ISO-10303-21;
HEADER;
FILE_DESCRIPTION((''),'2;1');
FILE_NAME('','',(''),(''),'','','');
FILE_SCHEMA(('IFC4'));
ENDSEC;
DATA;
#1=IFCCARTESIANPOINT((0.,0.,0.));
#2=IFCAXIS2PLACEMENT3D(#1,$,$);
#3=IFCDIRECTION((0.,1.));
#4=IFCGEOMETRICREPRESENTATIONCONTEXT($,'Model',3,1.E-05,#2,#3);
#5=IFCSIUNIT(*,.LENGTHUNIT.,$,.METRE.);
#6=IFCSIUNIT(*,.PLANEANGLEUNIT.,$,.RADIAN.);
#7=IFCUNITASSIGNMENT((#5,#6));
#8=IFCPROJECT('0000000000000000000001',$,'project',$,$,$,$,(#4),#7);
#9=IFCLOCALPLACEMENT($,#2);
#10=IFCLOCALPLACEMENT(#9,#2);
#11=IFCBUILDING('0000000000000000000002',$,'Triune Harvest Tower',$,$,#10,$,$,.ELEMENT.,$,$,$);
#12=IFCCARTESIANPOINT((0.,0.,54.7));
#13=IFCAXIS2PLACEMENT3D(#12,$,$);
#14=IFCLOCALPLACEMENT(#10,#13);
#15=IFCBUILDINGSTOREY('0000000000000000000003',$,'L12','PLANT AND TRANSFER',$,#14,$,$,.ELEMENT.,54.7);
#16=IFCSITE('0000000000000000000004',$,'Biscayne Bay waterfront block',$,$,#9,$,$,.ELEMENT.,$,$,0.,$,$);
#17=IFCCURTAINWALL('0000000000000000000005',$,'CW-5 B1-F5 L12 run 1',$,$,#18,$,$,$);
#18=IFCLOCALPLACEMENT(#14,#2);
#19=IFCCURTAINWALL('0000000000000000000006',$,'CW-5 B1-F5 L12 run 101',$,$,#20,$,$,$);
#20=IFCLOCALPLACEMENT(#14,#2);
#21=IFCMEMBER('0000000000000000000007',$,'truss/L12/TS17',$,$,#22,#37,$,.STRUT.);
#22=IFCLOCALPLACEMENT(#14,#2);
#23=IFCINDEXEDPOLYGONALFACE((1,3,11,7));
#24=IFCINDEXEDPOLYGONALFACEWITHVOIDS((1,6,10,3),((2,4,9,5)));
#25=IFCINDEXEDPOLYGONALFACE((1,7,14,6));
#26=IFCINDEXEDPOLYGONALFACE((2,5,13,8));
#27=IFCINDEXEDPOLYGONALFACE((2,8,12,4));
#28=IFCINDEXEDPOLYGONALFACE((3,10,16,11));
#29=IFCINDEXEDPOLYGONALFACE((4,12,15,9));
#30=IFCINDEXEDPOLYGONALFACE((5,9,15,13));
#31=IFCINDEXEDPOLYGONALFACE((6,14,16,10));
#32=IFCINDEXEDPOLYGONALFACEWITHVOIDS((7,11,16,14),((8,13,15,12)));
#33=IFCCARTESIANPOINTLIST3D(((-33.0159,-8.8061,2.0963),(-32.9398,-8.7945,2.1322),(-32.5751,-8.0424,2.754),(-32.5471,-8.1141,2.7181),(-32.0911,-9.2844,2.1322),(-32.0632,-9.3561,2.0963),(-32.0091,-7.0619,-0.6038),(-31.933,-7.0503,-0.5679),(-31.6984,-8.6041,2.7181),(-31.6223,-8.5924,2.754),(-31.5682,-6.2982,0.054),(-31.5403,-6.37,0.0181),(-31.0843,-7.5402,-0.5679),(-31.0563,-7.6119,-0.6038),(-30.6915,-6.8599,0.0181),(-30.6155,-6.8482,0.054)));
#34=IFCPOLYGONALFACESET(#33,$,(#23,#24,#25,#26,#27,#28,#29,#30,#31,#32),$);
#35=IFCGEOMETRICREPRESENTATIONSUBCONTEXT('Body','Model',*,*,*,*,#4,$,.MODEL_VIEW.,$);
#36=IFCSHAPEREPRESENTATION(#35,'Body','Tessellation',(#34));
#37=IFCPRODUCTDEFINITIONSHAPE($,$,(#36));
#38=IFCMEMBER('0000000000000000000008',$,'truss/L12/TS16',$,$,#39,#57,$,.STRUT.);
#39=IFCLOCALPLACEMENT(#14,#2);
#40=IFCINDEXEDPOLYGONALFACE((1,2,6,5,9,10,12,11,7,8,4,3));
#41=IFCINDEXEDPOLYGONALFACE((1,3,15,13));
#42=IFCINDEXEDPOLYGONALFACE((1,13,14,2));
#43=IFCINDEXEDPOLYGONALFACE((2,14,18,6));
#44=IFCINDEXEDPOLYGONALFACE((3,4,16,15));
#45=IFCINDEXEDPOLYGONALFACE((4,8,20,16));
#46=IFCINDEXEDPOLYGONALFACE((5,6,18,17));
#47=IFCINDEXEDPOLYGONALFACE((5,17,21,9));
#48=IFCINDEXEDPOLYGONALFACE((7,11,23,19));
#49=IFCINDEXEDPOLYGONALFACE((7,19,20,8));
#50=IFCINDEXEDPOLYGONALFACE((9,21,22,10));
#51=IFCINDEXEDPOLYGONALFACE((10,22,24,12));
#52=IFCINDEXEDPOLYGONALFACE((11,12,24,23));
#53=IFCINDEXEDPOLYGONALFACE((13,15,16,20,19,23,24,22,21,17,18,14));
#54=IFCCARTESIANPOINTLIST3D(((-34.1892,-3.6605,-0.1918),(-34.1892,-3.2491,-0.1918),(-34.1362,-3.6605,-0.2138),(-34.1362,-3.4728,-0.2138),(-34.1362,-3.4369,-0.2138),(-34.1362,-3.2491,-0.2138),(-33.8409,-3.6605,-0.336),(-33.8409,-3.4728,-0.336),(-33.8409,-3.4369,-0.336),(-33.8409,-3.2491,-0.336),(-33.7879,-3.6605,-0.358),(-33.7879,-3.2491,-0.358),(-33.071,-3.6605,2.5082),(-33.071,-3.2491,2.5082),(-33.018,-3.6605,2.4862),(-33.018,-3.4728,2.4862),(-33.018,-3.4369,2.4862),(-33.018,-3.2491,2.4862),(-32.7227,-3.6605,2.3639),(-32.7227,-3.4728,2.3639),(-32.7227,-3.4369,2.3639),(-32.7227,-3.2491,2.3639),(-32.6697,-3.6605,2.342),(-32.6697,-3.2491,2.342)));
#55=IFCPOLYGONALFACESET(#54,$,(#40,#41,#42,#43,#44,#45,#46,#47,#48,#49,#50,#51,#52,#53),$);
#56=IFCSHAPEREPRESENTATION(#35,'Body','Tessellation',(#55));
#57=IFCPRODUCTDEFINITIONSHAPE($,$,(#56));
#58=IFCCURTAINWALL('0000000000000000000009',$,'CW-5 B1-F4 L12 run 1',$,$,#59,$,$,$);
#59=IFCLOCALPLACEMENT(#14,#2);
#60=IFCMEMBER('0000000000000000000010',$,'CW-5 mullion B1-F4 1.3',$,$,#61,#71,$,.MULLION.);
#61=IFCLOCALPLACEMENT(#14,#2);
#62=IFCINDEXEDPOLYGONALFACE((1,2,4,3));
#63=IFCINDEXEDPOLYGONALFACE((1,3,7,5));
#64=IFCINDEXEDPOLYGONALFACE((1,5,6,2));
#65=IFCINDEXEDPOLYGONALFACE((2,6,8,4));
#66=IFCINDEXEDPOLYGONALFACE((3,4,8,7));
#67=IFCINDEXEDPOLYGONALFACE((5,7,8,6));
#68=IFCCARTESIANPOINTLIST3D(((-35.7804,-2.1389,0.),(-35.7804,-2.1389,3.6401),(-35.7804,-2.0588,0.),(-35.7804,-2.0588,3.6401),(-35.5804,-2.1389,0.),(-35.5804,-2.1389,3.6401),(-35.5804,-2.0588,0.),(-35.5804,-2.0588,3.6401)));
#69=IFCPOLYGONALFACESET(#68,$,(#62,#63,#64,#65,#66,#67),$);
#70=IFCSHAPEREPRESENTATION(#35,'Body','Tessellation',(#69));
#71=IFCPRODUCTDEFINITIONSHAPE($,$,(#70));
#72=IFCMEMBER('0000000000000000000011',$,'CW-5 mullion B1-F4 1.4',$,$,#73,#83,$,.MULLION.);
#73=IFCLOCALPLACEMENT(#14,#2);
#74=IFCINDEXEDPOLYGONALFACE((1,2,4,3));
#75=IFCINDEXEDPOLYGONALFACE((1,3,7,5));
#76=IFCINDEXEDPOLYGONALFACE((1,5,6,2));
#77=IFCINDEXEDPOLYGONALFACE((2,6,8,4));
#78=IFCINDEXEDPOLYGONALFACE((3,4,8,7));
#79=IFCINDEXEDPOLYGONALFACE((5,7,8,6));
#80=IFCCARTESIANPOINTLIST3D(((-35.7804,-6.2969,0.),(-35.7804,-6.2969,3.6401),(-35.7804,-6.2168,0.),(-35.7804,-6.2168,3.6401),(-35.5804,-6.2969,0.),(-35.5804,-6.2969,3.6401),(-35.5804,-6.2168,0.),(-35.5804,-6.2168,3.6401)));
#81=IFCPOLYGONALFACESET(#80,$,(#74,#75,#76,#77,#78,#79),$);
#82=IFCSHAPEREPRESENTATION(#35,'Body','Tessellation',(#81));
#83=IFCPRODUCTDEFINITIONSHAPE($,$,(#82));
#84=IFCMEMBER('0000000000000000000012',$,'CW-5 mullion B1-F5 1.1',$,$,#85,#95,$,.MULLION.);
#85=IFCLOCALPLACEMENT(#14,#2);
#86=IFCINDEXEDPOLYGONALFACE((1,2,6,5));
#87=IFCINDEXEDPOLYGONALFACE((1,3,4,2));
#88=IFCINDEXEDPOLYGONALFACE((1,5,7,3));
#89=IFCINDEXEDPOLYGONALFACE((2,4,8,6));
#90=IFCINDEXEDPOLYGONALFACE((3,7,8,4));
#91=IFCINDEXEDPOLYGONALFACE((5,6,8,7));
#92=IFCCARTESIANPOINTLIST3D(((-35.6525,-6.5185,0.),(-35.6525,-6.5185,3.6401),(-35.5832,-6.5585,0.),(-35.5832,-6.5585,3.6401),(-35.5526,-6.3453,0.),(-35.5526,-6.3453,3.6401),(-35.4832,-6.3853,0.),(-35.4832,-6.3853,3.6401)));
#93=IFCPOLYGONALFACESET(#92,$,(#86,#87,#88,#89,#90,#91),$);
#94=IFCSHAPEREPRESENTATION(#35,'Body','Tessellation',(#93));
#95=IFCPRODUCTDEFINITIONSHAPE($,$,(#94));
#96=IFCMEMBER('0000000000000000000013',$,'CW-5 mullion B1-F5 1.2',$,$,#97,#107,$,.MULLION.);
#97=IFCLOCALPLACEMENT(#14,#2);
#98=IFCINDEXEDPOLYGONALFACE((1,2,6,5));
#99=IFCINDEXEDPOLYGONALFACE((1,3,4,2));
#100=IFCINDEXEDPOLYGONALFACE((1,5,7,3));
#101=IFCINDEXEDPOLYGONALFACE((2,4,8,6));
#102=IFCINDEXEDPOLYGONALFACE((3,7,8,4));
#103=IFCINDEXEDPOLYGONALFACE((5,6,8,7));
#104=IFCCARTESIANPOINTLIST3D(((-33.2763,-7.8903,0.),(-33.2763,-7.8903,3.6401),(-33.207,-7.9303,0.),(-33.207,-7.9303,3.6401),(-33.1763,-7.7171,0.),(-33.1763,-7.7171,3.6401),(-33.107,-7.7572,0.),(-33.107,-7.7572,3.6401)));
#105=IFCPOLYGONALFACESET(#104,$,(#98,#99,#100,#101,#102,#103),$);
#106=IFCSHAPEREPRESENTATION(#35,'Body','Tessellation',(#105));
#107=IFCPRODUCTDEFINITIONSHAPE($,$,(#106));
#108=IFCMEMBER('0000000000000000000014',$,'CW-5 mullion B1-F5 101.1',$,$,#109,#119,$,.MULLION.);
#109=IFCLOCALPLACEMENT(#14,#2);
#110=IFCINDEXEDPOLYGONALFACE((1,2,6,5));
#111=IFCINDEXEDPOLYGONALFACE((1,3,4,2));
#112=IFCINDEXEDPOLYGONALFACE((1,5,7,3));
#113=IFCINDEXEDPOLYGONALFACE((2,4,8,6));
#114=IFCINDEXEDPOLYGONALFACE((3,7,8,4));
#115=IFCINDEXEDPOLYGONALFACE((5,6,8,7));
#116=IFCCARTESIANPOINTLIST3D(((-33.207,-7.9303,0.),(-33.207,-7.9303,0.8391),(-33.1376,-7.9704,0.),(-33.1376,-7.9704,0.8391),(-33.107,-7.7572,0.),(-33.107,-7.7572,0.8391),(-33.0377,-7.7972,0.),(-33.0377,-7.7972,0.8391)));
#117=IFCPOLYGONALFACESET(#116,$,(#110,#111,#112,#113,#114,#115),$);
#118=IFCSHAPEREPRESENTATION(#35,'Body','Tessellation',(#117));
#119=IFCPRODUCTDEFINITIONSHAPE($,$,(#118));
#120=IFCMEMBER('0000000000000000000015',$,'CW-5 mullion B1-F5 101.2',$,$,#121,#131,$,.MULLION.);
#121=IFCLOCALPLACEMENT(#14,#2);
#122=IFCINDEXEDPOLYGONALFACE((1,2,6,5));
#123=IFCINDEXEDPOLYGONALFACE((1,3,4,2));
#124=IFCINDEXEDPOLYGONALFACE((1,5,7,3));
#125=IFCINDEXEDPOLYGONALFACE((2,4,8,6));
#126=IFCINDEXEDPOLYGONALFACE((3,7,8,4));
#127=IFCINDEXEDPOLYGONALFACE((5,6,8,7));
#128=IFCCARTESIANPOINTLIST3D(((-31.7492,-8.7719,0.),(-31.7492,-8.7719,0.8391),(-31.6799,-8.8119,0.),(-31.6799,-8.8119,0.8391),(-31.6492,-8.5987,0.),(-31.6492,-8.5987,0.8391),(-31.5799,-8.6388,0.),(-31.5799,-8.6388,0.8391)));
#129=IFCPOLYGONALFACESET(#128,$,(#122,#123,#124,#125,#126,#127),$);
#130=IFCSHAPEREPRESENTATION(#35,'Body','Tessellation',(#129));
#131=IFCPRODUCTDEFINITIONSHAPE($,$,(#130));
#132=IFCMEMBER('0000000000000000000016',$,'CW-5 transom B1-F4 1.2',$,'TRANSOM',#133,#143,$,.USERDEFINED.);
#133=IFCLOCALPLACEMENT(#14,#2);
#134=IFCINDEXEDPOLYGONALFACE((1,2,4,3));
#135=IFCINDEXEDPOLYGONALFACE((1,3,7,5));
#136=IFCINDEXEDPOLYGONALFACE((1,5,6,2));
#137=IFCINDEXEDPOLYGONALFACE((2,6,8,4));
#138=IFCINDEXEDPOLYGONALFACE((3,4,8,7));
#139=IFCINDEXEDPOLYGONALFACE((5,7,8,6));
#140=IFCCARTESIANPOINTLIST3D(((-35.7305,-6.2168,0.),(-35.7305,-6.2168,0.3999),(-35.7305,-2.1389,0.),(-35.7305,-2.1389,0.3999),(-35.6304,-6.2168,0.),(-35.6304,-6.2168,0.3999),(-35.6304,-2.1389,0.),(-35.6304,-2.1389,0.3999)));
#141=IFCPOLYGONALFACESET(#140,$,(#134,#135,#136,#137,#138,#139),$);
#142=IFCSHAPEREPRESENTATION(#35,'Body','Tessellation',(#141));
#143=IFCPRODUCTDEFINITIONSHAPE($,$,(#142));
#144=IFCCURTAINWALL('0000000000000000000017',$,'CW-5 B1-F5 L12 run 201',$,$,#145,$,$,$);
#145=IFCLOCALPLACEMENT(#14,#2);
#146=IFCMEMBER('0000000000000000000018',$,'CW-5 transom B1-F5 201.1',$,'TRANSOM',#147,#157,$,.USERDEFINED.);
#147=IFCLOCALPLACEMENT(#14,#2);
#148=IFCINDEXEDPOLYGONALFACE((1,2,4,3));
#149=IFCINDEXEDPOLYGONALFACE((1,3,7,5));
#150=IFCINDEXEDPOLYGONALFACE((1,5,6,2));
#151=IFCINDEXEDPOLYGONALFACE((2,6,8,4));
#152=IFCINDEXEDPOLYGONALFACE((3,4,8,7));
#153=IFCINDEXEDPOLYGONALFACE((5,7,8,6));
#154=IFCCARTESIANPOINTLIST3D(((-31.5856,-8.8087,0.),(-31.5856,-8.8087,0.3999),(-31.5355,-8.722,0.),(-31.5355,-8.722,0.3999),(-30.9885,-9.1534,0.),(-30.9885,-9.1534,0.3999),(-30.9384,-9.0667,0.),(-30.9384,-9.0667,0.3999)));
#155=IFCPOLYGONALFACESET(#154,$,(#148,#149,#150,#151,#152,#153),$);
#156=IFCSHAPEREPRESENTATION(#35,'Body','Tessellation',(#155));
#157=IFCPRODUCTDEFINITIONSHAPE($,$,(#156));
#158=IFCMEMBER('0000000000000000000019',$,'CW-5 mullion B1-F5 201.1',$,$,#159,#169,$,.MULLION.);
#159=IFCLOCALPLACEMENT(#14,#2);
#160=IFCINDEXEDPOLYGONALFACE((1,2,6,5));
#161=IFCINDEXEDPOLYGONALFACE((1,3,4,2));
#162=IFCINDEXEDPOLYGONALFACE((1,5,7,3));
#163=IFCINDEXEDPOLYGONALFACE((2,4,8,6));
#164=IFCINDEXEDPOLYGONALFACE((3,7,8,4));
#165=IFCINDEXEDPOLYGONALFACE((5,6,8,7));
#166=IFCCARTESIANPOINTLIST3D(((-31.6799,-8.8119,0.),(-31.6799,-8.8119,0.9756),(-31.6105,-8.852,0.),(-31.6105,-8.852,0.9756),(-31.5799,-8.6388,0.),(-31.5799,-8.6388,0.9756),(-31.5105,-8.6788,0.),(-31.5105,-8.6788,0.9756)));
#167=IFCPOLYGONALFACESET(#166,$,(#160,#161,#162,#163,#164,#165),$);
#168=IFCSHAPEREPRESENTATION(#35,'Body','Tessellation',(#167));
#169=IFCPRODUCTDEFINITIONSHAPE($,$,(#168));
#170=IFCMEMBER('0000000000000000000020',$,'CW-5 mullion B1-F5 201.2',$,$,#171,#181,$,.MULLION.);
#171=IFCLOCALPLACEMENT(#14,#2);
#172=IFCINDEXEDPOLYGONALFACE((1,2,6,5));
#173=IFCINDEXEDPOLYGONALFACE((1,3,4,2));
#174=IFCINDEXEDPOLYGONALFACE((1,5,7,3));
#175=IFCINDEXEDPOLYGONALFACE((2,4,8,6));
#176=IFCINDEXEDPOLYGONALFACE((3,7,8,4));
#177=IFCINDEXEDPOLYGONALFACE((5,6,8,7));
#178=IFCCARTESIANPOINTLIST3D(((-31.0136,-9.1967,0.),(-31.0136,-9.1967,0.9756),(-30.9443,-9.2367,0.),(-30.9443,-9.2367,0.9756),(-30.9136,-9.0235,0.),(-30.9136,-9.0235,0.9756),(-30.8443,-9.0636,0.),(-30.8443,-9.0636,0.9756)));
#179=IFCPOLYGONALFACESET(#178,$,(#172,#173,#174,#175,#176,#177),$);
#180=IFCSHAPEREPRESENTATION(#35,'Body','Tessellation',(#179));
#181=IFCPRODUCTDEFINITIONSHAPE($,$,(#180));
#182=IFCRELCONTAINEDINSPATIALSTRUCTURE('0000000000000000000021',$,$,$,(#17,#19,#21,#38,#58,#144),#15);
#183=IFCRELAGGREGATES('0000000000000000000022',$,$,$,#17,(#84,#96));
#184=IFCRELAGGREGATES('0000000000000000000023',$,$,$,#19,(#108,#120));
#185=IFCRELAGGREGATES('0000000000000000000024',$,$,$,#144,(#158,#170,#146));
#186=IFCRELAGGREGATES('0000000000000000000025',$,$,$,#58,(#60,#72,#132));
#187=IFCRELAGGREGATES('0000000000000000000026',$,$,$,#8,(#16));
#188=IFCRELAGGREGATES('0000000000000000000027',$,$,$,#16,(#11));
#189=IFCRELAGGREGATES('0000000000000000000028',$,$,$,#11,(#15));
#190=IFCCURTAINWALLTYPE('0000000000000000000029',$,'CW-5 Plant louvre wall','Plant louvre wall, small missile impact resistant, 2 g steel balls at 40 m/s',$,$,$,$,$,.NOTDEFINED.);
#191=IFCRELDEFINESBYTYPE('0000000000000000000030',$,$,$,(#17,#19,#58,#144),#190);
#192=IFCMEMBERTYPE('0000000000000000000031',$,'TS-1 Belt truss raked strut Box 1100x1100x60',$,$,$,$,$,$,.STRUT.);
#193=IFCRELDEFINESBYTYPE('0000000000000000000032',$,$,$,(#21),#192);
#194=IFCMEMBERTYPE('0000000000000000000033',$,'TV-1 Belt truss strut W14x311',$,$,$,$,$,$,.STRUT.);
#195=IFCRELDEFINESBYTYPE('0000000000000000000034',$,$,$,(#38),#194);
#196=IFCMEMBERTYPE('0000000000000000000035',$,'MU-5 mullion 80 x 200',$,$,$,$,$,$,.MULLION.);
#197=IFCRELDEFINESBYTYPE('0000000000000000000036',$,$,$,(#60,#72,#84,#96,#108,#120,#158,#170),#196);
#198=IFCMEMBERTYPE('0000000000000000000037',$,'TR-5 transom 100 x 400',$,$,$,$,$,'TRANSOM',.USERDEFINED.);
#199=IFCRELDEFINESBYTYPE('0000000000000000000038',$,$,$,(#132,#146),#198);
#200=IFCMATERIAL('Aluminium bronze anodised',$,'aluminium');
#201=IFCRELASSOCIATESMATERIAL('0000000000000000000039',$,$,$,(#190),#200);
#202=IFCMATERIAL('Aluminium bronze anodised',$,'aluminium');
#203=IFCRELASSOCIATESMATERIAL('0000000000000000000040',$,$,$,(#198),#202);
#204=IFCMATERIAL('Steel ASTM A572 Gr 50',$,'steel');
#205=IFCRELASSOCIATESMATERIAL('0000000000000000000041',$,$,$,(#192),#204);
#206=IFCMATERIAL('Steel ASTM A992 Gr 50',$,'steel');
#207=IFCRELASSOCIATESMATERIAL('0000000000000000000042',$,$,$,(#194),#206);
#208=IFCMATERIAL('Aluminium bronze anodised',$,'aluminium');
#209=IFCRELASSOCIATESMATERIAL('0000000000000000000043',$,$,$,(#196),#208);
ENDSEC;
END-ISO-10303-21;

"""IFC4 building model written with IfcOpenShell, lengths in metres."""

from ifc_helpers import new_model, si_unit, direction, frame, origin, origin_2d, place, context, subcontext, project, spatial, rectangle, hollow_rectangle, i_section, extrude, source, transform, mapped, material, material_profile, profile_set, type_object, element, aggregate, save


model = new_model("IFC4")

# Units and contexts
model_context = context("Model", 3, precision=1e-05, world=origin(), true_north=direction((0.0, 1.0)))
body_context = subcontext(model_context, "Body", "Model", "MODEL_VIEW")
ifc_project = project(units=[si_unit("LENGTHUNIT", "METRE"), si_unit("PLANEANGLEUNIT", "RADIAN")], contexts=[model_context])

# Site, building, storey
site_placement = place(None, origin())
site = spatial("IfcSite", under=ifc_project, at=site_placement, Name="Biscayne Bay waterfront block", CompositionType="ELEMENT", RefElevation=0.0)
building_placement = place(site_placement, origin())
building = spatial("IfcBuilding", under=site, at=building_placement, Name="Triune Harvest Tower", CompositionType="ELEMENT")
storey_placement = place(building_placement, frame((0.0, 0.0, 54.7)))
storey = spatial("IfcBuildingStorey", under=building, at=storey_placement, Name="L12", Description="PLANT AND TRANSFER", CompositionType="ELEMENT", Elevation=54.7)

# Curtain walls
ifc_material_1 = material(Name="Aluminium bronze anodised", Category="aluminium")
curtain_wall_type = type_object("IfcCurtainWallType", Name="CW-5 Plant louvre wall", Description="Plant louvre wall, small missile impact resistant, 2 g steel balls at 40 m/s", PredefinedType="NOTDEFINED", material=ifc_material_1)
curtain_wall_1_placement = place(storey_placement, origin())
curtain_wall_1 = element("IfcCurtainWall", 1, at=curtain_wall_1_placement, inside=storey, type_object=curtain_wall_type, Name="CW-5 B1-F5 L12 run 1")
ifc_material_2 = material(Name="Aluminium bronze anodised", Category="aluminium")
ifc_material_profile_1 = material_profile(ifc_material_2, rectangle(XDim=0.1001, YDim=0.3999, at=origin_2d()), Name="TR-5 transom 100 x 400")
ifc_profile_set_1 = profile_set([ifc_material_profile_1], Name="Aluminium bronze anodised")
member_type_1 = type_object("IfcMemberType", Name="TR-5 transom 100 x 400", ElementType="TRANSOM", PredefinedType="USERDEFINED", material=ifc_profile_set_1)
curtain_wall_2_placement = place(storey_placement, origin())
curtain_wall_2 = element("IfcCurtainWall", 2, at=curtain_wall_2_placement, inside=storey, type_object=curtain_wall_type, Name="CW-5 B1-F5 L12 run 101")

# Members
ifc_material_3 = material(Name="Steel ASTM A572 Gr 50", Category="steel")
ifc_material_profile_2 = material_profile(ifc_material_3, hollow_rectangle(XDim=1.1001, YDim=1.1001, WallThickness=0.0601, at=origin_2d()), Name="Box 1100x1100x60")
ifc_profile_set_2 = profile_set([ifc_material_profile_2], Name="Steel ASTM A572 Gr 50")
member_type_2 = type_object("IfcMemberType", Name="TS-1 Belt truss raked strut Box 1100x1100x60", PredefinedType="STRUT", material=ifc_profile_set_2)
shared_shape_1 = source(origin(), body_context, "Body", "SweptSolid", [
    extrude(hollow_rectangle(XDim=1.1001, YDim=1.1001, WallThickness=0.0601, at=origin_2d()), origin(), (0.0, 0.0, 1.0), 3.3684),
])
member_1_placement = place(storey_placement, frame((-31.3123, -6.9551, -0.2749), z_axis=(-0.298915, -0.51781, 0.801576), x_axis=(0.866056, -0.499946, 0.0)))
element("IfcMember", 3, at=member_1_placement, inside=storey, type_object=member_type_2, Name="truss/L12/TS17", PredefinedType="STRUT", context=body_context, shape_type="MappedRepresentation", body=[
    mapped(shared_shape_1, transform((0.0, 0.0, 0.0), scale=1.0)),
])
ifc_material_4 = material(Name="Steel ASTM A992 Gr 50", Category="steel")
ifc_material_profile_3 = material_profile(ifc_material_4, i_section(OverallWidth=0.4114, OverallDepth=0.4343, WebThickness=0.0359, FlangeThickness=0.0574, at=origin_2d()), Name="W14x311")
ifc_profile_set_3 = profile_set([ifc_material_profile_3], Name="Steel ASTM A992 Gr 50")
member_type_3 = type_object("IfcMemberType", Name="TV-1 Belt truss strut W14x311", PredefinedType="STRUT", material=ifc_profile_set_3)
shared_shape_2 = source(origin(), body_context, "Body", "SweptSolid", [
    extrude(i_section(OverallWidth=0.4114, OverallDepth=0.4343, WebThickness=0.0359, FlangeThickness=0.0574, at=origin_2d()), origin(), (0.0, 0.0, 1.0), 2.9224),
])
member_2_placement = place(storey_placement, frame((-33.9885, -3.4548, -0.2749), z_axis=(0.382627, 0.0, 0.923903), x_axis=(0.0, 1.0, 0.0)))
element("IfcMember", 4, at=member_2_placement, inside=storey, type_object=member_type_3, Name="truss/L12/TS16", PredefinedType="STRUT", context=body_context, shape_type="MappedRepresentation", body=[
    mapped(shared_shape_2, transform((0.0, 0.0, 0.0), scale=1.0)),
])

# Curtain wall, members
curtain_wall_3_placement = place(storey_placement, origin())
curtain_wall_3 = element("IfcCurtainWall", 5, at=curtain_wall_3_placement, inside=storey, type_object=curtain_wall_type, Name="CW-5 B1-F4 L12 run 1")
ifc_material_5 = material(Name="Aluminium bronze anodised", Category="aluminium")
ifc_material_profile_4 = material_profile(ifc_material_5, rectangle(XDim=0.2, YDim=0.0801, at=origin_2d()), Name="MU-5 mullion 80 x 200")
ifc_profile_set_4 = profile_set([ifc_material_profile_4], Name="Aluminium bronze anodised")
member_type_4 = type_object("IfcMemberType", Name="MU-5 mullion 80 x 200", PredefinedType="MULLION", material=ifc_profile_set_4)
shared_shape_3 = source(origin(), body_context, "Body", "SweptSolid", [
    extrude(rectangle(XDim=0.2, YDim=0.0801, at=origin_2d()), origin(), (0.0, 0.0, 1.0), 3.6401),
])
member_3_placement = place(storey_placement, frame((-35.6804, -2.0989, 0.0), z_axis=(0.0, 0.0, 1.0), x_axis=(1.0, 0.0, 0.0)))
member_3 = element("IfcMember", 6, at=member_3_placement, type_object=member_type_4, Name="CW-5 mullion B1-F4 1.3", PredefinedType="MULLION", context=body_context, shape_type="MappedRepresentation", body=[
    mapped(shared_shape_3, transform((0.0, 0.0, 0.0), scale=1.0)),
])
member_4_placement = place(storey_placement, frame((-35.6804, -6.2568, 0.0), z_axis=(0.0, 0.0, 1.0), x_axis=(1.0, 0.0, 0.0)))
member_4 = element("IfcMember", 7, at=member_4_placement, type_object=member_type_4, Name="CW-5 mullion B1-F4 1.4", PredefinedType="MULLION", context=body_context, shape_type="MappedRepresentation", body=[
    mapped(shared_shape_3, transform((0.0, 0.0, 0.0), scale=1.0)),
])

# Members
member_5_placement = place(storey_placement, frame((-35.5679, -6.4519, 0.0), z_axis=(0.0, 0.0, 1.0), x_axis=(0.499993, 0.866029, 0.0)))
member_5 = element("IfcMember", 8, at=member_5_placement, type_object=member_type_4, Name="CW-5 mullion B1-F5 1.1", PredefinedType="MULLION", context=body_context, shape_type="MappedRepresentation", body=[
    mapped(shared_shape_3, transform((0.0, 0.0, 0.0), scale=1.0)),
])
member_6_placement = place(storey_placement, frame((-33.1917, -7.8237, 0.0), z_axis=(0.0, 0.0, 1.0), x_axis=(0.499993, 0.866029, 0.0)))
member_6 = element("IfcMember", 9, at=member_6_placement, type_object=member_type_4, Name="CW-5 mullion B1-F5 1.2", PredefinedType="MULLION", context=body_context, shape_type="MappedRepresentation", body=[
    mapped(shared_shape_3, transform((0.0, 0.0, 0.0), scale=1.0)),
])
shared_shape_4 = source(origin(), body_context, "Body", "SweptSolid", [
    extrude(rectangle(XDim=0.2, YDim=0.0801, at=origin_2d()), origin(), (0.0, 0.0, 1.0), 0.8391),
])
member_7_placement = place(storey_placement, frame((-33.1223, -7.8638, 0.0), z_axis=(0.0, 0.0, 1.0), x_axis=(0.49997, 0.866043, 0.0)))
member_7 = element("IfcMember", 10, at=member_7_placement, type_object=member_type_4, Name="CW-5 mullion B1-F5 101.1", PredefinedType="MULLION", context=body_context, shape_type="MappedRepresentation", body=[
    mapped(shared_shape_4, transform((0.0, 0.0, 0.0), scale=1.0)),
])
member_8_placement = place(storey_placement, frame((-31.6646, -8.7053, 0.0), z_axis=(0.0, 0.0, 1.0), x_axis=(0.49997, 0.866043, 0.0)))
member_8 = element("IfcMember", 11, at=member_8_placement, type_object=member_type_4, Name="CW-5 mullion B1-F5 101.2", PredefinedType="MULLION", context=body_context, shape_type="MappedRepresentation", body=[
    mapped(shared_shape_4, transform((0.0, 0.0, 0.0), scale=1.0)),
])
shared_shape_5 = source(origin(), body_context, "Body", "SweptSolid", [
    extrude(rectangle(XDim=0.1001, YDim=0.3999, at=origin_2d()), origin(), (0.0, 0.0, 1.0), 4.0779),
])
member_9_placement = place(storey_placement, frame((-35.6804, -2.1389, 0.2), z_axis=(0.0, -1.0, 0.0), x_axis=(1.0, 0.0, 0.0)))
member_9 = element("IfcMember", 12, at=member_9_placement, type_object=member_type_1, Name="CW-5 transom B1-F4 1.2", ObjectType="TRANSOM", PredefinedType="USERDEFINED", context=body_context, shape_type="MappedRepresentation", body=[
    mapped(shared_shape_5, transform((0.0, 0.0, 0.0), scale=1.0)),
])

# Curtain wall, members
curtain_wall_4_placement = place(storey_placement, origin())
curtain_wall_4 = element("IfcCurtainWall", 13, at=curtain_wall_4_placement, inside=storey, type_object=curtain_wall_type, Name="CW-5 B1-F5 L12 run 201")
shared_shape_6 = source(origin(), body_context, "Body", "SweptSolid", [
    extrude(rectangle(XDim=0.1001, YDim=0.3999, at=origin_2d()), origin(), (0.0, 0.0, 1.0), 0.6895),
])
member_10_placement = place(storey_placement, frame((-31.5605, -8.7654, 0.2), z_axis=(0.866056, -0.499947, 0.0), x_axis=(0.499947, 0.866056, 0.0)))
member_10 = element("IfcMember", 14, at=member_10_placement, type_object=member_type_1, Name="CW-5 transom B1-F5 201.1", ObjectType="TRANSOM", PredefinedType="USERDEFINED", context=body_context, shape_type="MappedRepresentation", body=[
    mapped(shared_shape_6, transform((0.0, 0.0, 0.0), scale=1.0)),
])
shared_shape_7 = source(origin(), body_context, "Body", "SweptSolid", [
    extrude(rectangle(XDim=0.2, YDim=0.0801, at=origin_2d()), origin(), (0.0, 0.0, 1.0), 0.9756),
])
member_11_placement = place(storey_placement, frame((-31.5952, -8.7454, 0.0), z_axis=(0.0, 0.0, 1.0), x_axis=(0.500089, 0.865974, 0.0)))
member_11 = element("IfcMember", 15, at=member_11_placement, type_object=member_type_4, Name="CW-5 mullion B1-F5 201.1", PredefinedType="MULLION", context=body_context, shape_type="MappedRepresentation", body=[
    mapped(shared_shape_7, transform((0.0, 0.0, 0.0), scale=1.0)),
])
member_12_placement = place(storey_placement, frame((-30.929, -9.1301, 0.0), z_axis=(0.0, 0.0, 1.0), x_axis=(0.500089, 0.865974, 0.0)))
member_12 = element("IfcMember", 16, at=member_12_placement, type_object=member_type_4, Name="CW-5 mullion B1-F5 201.2", PredefinedType="MULLION", context=body_context, shape_type="MappedRepresentation", body=[
    mapped(shared_shape_7, transform((0.0, 0.0, 0.0), scale=1.0)),
])

aggregate(curtain_wall_1, [member_5, member_6])
aggregate(curtain_wall_2, [member_7, member_8])
aggregate(curtain_wall_4, [member_11, member_12, member_10])
aggregate(curtain_wall_3, [member_3, member_4, member_9])

save(model, "model.ifc")
